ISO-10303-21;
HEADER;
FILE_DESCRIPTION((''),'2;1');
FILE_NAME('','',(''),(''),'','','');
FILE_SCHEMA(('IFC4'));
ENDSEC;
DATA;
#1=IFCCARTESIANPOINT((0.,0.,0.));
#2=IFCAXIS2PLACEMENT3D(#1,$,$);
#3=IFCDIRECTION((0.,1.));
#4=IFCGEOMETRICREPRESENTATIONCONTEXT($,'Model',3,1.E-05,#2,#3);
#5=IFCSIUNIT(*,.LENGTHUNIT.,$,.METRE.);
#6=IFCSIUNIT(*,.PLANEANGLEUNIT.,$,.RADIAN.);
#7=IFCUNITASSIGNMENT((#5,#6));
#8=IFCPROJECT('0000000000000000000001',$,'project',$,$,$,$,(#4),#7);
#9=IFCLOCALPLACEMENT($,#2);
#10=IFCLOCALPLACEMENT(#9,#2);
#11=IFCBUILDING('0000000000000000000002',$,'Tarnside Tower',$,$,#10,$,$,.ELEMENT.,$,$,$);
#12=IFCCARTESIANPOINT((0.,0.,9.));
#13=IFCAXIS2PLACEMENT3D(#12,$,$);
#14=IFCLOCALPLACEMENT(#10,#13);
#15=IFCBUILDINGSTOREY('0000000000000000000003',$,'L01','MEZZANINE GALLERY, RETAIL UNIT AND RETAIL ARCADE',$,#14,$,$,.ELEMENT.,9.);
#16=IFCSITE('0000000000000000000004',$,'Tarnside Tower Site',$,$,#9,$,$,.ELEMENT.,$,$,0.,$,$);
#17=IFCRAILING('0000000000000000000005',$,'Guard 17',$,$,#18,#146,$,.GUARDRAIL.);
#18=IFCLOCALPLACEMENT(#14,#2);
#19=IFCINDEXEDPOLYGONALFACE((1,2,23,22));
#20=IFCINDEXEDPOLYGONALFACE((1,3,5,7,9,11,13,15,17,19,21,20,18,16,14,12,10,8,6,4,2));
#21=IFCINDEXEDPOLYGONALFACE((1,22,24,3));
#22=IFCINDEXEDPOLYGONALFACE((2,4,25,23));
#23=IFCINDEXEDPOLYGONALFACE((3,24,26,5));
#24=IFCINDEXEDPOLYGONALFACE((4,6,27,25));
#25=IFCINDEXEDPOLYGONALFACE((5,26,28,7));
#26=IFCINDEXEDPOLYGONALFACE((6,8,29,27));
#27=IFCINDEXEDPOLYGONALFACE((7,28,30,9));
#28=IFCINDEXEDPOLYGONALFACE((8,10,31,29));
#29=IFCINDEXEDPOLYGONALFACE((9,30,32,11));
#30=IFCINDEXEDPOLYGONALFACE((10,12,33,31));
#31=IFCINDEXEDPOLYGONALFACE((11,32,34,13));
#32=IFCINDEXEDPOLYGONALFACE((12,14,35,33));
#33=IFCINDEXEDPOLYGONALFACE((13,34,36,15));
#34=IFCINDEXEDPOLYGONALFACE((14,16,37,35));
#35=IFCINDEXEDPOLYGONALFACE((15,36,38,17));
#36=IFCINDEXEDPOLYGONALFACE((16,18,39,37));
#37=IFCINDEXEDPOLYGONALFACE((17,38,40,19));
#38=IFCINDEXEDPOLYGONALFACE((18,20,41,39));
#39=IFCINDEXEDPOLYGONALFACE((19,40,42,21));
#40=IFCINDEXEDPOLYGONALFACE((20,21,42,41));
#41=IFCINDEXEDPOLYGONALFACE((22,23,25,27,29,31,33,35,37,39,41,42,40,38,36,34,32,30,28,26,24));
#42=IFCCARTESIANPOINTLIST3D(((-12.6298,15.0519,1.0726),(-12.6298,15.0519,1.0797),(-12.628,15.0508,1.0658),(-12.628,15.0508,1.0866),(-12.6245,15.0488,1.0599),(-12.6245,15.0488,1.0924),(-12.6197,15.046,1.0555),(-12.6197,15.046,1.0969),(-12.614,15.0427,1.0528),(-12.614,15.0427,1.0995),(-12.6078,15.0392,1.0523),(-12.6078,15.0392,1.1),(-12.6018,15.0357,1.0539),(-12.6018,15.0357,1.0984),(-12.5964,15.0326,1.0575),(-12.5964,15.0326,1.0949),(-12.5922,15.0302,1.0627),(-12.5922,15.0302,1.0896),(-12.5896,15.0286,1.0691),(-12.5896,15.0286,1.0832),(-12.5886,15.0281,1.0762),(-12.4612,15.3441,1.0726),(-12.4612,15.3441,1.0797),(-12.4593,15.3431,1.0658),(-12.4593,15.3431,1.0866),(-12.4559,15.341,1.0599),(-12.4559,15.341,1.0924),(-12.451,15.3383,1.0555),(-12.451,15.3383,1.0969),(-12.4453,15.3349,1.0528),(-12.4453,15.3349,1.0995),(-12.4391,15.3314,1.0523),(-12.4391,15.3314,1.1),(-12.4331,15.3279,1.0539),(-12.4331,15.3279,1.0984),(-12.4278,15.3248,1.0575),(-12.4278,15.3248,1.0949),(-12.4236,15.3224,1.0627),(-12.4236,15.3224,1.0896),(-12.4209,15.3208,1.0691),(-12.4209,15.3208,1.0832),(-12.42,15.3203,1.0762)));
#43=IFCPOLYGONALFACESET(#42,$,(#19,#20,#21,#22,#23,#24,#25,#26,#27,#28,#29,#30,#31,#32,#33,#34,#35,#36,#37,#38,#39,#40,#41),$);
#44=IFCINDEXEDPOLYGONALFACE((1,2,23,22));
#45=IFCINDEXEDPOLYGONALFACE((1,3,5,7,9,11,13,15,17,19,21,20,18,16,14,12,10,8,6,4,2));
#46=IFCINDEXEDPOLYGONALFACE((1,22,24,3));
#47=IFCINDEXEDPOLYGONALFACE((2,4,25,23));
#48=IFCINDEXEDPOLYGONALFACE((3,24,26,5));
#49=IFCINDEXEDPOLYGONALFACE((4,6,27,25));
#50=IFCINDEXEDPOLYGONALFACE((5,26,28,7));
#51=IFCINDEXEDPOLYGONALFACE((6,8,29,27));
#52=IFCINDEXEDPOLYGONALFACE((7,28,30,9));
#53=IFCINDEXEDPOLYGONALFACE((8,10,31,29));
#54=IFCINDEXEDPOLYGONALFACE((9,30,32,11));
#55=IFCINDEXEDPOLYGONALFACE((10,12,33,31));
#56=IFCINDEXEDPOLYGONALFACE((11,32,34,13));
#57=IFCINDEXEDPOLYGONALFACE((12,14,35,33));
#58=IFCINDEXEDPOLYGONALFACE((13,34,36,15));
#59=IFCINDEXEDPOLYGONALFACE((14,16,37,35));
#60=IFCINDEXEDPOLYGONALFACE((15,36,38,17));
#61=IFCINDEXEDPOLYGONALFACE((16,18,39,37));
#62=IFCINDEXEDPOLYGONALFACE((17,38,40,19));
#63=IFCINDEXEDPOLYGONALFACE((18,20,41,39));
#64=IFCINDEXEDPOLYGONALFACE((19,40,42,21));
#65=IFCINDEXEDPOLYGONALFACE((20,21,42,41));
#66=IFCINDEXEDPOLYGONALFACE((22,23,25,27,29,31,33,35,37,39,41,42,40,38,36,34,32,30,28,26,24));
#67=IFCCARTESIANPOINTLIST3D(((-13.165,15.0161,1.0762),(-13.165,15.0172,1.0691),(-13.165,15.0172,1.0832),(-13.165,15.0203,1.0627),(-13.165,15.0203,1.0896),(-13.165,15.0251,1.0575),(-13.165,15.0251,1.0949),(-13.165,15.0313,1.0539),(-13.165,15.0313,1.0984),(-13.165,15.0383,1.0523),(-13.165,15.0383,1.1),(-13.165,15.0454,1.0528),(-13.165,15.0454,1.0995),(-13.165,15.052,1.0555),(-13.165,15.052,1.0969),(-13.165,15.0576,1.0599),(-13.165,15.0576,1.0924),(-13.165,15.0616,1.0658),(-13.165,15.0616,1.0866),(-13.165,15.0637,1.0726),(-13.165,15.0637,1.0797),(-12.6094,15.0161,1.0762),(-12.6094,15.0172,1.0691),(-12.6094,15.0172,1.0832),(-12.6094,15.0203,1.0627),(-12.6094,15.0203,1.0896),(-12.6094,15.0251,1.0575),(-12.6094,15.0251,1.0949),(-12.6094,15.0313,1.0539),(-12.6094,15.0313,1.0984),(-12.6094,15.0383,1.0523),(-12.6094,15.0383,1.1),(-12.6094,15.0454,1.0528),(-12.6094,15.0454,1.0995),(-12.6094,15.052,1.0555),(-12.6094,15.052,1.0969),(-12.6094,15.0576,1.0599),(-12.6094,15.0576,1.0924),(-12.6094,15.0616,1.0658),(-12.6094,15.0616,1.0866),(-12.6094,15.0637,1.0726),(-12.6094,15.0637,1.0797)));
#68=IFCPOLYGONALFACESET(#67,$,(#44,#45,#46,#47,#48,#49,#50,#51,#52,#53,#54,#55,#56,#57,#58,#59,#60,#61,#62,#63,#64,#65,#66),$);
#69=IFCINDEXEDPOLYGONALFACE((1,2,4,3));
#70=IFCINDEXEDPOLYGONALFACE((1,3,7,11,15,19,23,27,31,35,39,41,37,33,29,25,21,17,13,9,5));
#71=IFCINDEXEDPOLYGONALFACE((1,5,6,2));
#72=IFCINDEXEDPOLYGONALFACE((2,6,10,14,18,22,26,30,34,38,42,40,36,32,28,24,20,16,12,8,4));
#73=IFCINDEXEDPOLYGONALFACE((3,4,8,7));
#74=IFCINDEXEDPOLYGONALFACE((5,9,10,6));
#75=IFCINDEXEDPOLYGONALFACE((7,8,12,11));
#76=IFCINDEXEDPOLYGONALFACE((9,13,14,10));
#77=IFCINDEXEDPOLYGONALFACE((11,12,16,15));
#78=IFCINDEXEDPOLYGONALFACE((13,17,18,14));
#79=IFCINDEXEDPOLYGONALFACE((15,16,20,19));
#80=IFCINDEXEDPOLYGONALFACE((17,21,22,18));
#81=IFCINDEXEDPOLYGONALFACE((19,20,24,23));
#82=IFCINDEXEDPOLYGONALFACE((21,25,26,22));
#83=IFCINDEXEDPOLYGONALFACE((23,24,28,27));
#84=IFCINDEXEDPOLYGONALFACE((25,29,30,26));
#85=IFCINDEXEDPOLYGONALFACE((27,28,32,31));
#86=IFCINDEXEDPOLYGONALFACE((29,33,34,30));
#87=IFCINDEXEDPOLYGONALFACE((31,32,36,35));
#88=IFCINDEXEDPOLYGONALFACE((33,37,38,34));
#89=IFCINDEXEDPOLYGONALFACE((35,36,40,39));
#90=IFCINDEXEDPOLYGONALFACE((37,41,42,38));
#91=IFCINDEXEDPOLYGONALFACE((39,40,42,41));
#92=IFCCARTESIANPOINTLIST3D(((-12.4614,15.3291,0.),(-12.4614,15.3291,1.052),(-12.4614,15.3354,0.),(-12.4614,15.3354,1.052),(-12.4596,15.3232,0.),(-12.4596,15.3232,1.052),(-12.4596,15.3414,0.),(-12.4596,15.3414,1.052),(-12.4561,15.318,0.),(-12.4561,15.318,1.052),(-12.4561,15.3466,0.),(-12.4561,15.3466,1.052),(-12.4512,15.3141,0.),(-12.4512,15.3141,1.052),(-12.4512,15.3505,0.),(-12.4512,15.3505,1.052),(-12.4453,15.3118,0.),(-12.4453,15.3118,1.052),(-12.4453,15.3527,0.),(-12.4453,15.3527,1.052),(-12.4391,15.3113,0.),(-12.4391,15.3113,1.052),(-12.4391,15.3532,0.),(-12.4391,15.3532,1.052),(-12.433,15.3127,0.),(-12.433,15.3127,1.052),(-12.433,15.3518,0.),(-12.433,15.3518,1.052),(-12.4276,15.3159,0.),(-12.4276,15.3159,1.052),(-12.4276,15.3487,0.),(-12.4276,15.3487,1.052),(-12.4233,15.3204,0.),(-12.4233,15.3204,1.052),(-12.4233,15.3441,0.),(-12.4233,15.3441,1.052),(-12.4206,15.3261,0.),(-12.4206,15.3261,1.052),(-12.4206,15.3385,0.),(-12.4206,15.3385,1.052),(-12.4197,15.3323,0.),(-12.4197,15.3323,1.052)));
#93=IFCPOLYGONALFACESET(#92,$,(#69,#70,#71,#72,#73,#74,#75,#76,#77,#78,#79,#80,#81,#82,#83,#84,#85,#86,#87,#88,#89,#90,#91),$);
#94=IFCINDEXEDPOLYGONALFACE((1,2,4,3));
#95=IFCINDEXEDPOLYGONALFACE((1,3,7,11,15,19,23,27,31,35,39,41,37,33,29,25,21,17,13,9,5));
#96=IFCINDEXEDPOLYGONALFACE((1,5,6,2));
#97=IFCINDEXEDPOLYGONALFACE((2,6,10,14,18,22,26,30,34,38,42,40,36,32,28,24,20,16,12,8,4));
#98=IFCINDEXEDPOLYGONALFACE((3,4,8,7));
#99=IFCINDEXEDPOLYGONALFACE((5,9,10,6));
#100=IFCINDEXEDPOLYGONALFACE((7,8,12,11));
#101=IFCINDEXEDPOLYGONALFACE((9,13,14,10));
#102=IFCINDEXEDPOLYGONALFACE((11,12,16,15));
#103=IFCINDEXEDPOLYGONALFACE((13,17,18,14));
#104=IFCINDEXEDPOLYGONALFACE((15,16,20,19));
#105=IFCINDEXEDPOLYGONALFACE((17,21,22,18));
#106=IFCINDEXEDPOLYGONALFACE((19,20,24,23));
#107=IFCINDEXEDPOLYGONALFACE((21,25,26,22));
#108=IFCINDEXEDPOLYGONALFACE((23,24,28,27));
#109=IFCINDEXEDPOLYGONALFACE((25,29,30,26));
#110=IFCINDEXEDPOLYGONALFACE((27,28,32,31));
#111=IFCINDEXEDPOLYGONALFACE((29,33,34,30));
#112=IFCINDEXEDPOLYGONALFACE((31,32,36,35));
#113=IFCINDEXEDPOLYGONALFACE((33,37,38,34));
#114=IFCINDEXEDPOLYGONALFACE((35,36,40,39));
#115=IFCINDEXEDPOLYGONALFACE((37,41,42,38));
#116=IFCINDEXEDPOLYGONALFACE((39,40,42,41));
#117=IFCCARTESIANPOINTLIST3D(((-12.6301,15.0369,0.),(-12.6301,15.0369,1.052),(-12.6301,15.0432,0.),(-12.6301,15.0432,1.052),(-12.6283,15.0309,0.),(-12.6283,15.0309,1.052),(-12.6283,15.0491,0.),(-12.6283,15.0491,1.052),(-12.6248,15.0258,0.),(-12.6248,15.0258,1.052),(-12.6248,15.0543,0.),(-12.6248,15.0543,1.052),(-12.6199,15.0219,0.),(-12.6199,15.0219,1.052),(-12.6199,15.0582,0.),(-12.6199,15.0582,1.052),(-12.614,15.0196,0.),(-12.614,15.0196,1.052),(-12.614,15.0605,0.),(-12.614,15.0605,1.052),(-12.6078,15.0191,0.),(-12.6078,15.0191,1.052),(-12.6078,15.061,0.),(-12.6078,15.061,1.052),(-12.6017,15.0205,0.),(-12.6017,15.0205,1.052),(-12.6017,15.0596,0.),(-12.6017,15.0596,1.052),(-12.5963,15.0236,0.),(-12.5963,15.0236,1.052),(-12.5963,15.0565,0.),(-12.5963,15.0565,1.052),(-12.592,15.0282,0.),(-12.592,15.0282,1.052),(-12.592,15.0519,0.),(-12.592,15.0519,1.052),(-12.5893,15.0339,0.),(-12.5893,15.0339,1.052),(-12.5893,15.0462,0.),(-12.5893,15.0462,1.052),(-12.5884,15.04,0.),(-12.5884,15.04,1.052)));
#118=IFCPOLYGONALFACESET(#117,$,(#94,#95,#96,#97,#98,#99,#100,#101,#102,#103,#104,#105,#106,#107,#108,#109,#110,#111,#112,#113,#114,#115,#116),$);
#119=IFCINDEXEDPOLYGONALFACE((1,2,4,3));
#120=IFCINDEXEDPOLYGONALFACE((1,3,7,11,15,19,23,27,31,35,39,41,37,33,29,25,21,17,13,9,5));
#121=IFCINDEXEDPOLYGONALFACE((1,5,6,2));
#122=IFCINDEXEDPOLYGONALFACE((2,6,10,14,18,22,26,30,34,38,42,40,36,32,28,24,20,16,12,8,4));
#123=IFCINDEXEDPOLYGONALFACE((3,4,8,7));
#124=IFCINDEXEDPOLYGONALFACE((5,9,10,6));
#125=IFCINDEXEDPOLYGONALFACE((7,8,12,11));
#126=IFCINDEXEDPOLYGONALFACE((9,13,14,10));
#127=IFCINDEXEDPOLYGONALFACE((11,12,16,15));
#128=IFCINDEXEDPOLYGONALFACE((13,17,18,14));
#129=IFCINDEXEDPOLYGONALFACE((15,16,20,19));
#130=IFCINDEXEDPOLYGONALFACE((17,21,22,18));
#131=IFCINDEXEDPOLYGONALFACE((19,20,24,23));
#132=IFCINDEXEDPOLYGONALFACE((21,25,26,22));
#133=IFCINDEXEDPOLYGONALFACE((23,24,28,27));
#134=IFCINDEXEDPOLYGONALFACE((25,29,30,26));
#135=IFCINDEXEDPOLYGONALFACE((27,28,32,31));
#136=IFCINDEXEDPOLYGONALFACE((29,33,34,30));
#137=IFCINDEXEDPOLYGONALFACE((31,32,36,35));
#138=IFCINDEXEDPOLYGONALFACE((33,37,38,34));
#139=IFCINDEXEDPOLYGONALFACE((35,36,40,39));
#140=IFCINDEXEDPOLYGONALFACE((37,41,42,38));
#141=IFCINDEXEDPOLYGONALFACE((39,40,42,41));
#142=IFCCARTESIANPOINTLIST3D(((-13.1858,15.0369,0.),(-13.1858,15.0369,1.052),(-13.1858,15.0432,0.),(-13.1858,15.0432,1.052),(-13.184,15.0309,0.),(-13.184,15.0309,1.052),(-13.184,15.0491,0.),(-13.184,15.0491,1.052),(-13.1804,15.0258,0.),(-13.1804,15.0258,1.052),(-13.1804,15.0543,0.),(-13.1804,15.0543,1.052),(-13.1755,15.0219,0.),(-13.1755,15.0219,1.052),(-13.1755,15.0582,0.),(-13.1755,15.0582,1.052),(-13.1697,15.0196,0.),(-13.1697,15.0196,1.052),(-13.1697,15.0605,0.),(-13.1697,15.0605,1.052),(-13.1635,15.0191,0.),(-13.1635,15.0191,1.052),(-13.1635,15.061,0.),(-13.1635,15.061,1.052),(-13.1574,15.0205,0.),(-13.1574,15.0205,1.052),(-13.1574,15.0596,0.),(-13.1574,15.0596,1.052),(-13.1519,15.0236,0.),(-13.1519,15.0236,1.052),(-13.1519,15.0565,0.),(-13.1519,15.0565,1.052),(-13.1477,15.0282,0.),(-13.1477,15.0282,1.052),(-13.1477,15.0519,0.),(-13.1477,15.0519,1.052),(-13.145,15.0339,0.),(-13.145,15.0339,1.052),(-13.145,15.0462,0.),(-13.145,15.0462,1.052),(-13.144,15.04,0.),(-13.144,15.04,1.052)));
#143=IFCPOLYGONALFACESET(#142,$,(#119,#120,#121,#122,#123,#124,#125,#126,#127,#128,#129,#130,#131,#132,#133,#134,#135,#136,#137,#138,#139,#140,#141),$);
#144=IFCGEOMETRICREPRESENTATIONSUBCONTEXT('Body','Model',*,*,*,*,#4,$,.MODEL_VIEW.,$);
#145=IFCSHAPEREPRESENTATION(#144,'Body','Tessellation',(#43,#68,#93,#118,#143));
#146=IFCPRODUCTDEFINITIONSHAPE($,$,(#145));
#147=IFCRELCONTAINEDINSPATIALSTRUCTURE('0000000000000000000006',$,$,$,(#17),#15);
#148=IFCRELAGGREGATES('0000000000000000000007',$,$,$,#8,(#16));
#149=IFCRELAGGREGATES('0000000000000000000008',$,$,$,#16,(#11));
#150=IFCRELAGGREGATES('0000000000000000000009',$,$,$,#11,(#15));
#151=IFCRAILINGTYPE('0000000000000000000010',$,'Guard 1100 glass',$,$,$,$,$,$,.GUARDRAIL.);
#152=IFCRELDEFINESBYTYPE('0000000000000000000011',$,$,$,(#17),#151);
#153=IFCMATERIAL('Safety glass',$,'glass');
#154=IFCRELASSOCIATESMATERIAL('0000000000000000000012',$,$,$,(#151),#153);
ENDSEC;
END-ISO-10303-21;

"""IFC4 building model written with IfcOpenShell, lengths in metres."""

from ifc_helpers import new_model, si_unit, direction, frame, origin, origin_2d, place, context, subcontext, project, spatial, circle, extrude, material, type_object, element, save


model = new_model("IFC4")

# Units and contexts
model_context = context("Model", 3, precision=1e-05, world=origin(), true_north=direction((0.0, 1.0)))
body_context = subcontext(model_context, "Body", "Model", "MODEL_VIEW")
ifc_project = project(units=[si_unit("LENGTHUNIT", "METRE"), si_unit("PLANEANGLEUNIT", "RADIAN")], contexts=[model_context])

# Site, building, storey
site_placement = place(None, origin())
site = spatial("IfcSite", under=ifc_project, at=site_placement, Name="Tarnside Tower Site", CompositionType="ELEMENT", RefElevation=0.0)
building_placement = place(site_placement, origin())
building = spatial("IfcBuilding", under=site, at=building_placement, Name="Tarnside Tower", CompositionType="ELEMENT")
storey_placement = place(building_placement, frame((0.0, 0.0, 9.0)))
storey = spatial("IfcBuildingStorey", under=building, at=storey_placement, Name="L01", Description="MEZZANINE GALLERY, RETAIL UNIT AND RETAIL ARCADE", CompositionType="ELEMENT", Elevation=9.0)

# Railing
ifc_material_1 = material(Name="Safety glass", Category="glass")
railing_type = type_object("IfcRailingType", Name="Guard 1100 glass", PredefinedType="GUARDRAIL", material=ifc_material_1)
railing_placement = place(storey_placement, frame((-12.4407, 15.3323, 0.0)))
element("IfcRailing", 1, at=railing_placement, inside=storey, type_object=railing_type, Name="Guard 17", PredefinedType="GUARDRAIL", context=body_context, shape_type="SweptSolid", body=[
    extrude(circle(Radius=0.0239, at=origin_2d()), frame((0.0, 0.0, 1.0762), z_axis=(-0.499952, -0.866053, 0.0), x_axis=(0.866053, -0.499952, 0.0)), (0.0, 0.0, 1.0), 0.3374),
    extrude(circle(Radius=0.0239, at=origin_2d()), frame((-0.1687, -0.2922, 1.0762), z_axis=(-1.0, 0.0, 0.0), x_axis=(0.0, -1.0, 0.0)), (0.0, 0.0, 1.0), 0.5557),
    extrude(circle(Radius=0.021, at=origin_2d()), origin(), (0.0, 0.0, 1.0), 1.052),
    extrude(circle(Radius=0.021, at=origin_2d()), frame((-0.1687, -0.2922, 0.0)), (0.0, 0.0, 1.0), 1.052),
    extrude(circle(Radius=0.021, at=origin_2d()), frame((-0.7244, -0.2922, 0.0)), (0.0, 0.0, 1.0), 1.052),
])

save(model, "model.ifc")
